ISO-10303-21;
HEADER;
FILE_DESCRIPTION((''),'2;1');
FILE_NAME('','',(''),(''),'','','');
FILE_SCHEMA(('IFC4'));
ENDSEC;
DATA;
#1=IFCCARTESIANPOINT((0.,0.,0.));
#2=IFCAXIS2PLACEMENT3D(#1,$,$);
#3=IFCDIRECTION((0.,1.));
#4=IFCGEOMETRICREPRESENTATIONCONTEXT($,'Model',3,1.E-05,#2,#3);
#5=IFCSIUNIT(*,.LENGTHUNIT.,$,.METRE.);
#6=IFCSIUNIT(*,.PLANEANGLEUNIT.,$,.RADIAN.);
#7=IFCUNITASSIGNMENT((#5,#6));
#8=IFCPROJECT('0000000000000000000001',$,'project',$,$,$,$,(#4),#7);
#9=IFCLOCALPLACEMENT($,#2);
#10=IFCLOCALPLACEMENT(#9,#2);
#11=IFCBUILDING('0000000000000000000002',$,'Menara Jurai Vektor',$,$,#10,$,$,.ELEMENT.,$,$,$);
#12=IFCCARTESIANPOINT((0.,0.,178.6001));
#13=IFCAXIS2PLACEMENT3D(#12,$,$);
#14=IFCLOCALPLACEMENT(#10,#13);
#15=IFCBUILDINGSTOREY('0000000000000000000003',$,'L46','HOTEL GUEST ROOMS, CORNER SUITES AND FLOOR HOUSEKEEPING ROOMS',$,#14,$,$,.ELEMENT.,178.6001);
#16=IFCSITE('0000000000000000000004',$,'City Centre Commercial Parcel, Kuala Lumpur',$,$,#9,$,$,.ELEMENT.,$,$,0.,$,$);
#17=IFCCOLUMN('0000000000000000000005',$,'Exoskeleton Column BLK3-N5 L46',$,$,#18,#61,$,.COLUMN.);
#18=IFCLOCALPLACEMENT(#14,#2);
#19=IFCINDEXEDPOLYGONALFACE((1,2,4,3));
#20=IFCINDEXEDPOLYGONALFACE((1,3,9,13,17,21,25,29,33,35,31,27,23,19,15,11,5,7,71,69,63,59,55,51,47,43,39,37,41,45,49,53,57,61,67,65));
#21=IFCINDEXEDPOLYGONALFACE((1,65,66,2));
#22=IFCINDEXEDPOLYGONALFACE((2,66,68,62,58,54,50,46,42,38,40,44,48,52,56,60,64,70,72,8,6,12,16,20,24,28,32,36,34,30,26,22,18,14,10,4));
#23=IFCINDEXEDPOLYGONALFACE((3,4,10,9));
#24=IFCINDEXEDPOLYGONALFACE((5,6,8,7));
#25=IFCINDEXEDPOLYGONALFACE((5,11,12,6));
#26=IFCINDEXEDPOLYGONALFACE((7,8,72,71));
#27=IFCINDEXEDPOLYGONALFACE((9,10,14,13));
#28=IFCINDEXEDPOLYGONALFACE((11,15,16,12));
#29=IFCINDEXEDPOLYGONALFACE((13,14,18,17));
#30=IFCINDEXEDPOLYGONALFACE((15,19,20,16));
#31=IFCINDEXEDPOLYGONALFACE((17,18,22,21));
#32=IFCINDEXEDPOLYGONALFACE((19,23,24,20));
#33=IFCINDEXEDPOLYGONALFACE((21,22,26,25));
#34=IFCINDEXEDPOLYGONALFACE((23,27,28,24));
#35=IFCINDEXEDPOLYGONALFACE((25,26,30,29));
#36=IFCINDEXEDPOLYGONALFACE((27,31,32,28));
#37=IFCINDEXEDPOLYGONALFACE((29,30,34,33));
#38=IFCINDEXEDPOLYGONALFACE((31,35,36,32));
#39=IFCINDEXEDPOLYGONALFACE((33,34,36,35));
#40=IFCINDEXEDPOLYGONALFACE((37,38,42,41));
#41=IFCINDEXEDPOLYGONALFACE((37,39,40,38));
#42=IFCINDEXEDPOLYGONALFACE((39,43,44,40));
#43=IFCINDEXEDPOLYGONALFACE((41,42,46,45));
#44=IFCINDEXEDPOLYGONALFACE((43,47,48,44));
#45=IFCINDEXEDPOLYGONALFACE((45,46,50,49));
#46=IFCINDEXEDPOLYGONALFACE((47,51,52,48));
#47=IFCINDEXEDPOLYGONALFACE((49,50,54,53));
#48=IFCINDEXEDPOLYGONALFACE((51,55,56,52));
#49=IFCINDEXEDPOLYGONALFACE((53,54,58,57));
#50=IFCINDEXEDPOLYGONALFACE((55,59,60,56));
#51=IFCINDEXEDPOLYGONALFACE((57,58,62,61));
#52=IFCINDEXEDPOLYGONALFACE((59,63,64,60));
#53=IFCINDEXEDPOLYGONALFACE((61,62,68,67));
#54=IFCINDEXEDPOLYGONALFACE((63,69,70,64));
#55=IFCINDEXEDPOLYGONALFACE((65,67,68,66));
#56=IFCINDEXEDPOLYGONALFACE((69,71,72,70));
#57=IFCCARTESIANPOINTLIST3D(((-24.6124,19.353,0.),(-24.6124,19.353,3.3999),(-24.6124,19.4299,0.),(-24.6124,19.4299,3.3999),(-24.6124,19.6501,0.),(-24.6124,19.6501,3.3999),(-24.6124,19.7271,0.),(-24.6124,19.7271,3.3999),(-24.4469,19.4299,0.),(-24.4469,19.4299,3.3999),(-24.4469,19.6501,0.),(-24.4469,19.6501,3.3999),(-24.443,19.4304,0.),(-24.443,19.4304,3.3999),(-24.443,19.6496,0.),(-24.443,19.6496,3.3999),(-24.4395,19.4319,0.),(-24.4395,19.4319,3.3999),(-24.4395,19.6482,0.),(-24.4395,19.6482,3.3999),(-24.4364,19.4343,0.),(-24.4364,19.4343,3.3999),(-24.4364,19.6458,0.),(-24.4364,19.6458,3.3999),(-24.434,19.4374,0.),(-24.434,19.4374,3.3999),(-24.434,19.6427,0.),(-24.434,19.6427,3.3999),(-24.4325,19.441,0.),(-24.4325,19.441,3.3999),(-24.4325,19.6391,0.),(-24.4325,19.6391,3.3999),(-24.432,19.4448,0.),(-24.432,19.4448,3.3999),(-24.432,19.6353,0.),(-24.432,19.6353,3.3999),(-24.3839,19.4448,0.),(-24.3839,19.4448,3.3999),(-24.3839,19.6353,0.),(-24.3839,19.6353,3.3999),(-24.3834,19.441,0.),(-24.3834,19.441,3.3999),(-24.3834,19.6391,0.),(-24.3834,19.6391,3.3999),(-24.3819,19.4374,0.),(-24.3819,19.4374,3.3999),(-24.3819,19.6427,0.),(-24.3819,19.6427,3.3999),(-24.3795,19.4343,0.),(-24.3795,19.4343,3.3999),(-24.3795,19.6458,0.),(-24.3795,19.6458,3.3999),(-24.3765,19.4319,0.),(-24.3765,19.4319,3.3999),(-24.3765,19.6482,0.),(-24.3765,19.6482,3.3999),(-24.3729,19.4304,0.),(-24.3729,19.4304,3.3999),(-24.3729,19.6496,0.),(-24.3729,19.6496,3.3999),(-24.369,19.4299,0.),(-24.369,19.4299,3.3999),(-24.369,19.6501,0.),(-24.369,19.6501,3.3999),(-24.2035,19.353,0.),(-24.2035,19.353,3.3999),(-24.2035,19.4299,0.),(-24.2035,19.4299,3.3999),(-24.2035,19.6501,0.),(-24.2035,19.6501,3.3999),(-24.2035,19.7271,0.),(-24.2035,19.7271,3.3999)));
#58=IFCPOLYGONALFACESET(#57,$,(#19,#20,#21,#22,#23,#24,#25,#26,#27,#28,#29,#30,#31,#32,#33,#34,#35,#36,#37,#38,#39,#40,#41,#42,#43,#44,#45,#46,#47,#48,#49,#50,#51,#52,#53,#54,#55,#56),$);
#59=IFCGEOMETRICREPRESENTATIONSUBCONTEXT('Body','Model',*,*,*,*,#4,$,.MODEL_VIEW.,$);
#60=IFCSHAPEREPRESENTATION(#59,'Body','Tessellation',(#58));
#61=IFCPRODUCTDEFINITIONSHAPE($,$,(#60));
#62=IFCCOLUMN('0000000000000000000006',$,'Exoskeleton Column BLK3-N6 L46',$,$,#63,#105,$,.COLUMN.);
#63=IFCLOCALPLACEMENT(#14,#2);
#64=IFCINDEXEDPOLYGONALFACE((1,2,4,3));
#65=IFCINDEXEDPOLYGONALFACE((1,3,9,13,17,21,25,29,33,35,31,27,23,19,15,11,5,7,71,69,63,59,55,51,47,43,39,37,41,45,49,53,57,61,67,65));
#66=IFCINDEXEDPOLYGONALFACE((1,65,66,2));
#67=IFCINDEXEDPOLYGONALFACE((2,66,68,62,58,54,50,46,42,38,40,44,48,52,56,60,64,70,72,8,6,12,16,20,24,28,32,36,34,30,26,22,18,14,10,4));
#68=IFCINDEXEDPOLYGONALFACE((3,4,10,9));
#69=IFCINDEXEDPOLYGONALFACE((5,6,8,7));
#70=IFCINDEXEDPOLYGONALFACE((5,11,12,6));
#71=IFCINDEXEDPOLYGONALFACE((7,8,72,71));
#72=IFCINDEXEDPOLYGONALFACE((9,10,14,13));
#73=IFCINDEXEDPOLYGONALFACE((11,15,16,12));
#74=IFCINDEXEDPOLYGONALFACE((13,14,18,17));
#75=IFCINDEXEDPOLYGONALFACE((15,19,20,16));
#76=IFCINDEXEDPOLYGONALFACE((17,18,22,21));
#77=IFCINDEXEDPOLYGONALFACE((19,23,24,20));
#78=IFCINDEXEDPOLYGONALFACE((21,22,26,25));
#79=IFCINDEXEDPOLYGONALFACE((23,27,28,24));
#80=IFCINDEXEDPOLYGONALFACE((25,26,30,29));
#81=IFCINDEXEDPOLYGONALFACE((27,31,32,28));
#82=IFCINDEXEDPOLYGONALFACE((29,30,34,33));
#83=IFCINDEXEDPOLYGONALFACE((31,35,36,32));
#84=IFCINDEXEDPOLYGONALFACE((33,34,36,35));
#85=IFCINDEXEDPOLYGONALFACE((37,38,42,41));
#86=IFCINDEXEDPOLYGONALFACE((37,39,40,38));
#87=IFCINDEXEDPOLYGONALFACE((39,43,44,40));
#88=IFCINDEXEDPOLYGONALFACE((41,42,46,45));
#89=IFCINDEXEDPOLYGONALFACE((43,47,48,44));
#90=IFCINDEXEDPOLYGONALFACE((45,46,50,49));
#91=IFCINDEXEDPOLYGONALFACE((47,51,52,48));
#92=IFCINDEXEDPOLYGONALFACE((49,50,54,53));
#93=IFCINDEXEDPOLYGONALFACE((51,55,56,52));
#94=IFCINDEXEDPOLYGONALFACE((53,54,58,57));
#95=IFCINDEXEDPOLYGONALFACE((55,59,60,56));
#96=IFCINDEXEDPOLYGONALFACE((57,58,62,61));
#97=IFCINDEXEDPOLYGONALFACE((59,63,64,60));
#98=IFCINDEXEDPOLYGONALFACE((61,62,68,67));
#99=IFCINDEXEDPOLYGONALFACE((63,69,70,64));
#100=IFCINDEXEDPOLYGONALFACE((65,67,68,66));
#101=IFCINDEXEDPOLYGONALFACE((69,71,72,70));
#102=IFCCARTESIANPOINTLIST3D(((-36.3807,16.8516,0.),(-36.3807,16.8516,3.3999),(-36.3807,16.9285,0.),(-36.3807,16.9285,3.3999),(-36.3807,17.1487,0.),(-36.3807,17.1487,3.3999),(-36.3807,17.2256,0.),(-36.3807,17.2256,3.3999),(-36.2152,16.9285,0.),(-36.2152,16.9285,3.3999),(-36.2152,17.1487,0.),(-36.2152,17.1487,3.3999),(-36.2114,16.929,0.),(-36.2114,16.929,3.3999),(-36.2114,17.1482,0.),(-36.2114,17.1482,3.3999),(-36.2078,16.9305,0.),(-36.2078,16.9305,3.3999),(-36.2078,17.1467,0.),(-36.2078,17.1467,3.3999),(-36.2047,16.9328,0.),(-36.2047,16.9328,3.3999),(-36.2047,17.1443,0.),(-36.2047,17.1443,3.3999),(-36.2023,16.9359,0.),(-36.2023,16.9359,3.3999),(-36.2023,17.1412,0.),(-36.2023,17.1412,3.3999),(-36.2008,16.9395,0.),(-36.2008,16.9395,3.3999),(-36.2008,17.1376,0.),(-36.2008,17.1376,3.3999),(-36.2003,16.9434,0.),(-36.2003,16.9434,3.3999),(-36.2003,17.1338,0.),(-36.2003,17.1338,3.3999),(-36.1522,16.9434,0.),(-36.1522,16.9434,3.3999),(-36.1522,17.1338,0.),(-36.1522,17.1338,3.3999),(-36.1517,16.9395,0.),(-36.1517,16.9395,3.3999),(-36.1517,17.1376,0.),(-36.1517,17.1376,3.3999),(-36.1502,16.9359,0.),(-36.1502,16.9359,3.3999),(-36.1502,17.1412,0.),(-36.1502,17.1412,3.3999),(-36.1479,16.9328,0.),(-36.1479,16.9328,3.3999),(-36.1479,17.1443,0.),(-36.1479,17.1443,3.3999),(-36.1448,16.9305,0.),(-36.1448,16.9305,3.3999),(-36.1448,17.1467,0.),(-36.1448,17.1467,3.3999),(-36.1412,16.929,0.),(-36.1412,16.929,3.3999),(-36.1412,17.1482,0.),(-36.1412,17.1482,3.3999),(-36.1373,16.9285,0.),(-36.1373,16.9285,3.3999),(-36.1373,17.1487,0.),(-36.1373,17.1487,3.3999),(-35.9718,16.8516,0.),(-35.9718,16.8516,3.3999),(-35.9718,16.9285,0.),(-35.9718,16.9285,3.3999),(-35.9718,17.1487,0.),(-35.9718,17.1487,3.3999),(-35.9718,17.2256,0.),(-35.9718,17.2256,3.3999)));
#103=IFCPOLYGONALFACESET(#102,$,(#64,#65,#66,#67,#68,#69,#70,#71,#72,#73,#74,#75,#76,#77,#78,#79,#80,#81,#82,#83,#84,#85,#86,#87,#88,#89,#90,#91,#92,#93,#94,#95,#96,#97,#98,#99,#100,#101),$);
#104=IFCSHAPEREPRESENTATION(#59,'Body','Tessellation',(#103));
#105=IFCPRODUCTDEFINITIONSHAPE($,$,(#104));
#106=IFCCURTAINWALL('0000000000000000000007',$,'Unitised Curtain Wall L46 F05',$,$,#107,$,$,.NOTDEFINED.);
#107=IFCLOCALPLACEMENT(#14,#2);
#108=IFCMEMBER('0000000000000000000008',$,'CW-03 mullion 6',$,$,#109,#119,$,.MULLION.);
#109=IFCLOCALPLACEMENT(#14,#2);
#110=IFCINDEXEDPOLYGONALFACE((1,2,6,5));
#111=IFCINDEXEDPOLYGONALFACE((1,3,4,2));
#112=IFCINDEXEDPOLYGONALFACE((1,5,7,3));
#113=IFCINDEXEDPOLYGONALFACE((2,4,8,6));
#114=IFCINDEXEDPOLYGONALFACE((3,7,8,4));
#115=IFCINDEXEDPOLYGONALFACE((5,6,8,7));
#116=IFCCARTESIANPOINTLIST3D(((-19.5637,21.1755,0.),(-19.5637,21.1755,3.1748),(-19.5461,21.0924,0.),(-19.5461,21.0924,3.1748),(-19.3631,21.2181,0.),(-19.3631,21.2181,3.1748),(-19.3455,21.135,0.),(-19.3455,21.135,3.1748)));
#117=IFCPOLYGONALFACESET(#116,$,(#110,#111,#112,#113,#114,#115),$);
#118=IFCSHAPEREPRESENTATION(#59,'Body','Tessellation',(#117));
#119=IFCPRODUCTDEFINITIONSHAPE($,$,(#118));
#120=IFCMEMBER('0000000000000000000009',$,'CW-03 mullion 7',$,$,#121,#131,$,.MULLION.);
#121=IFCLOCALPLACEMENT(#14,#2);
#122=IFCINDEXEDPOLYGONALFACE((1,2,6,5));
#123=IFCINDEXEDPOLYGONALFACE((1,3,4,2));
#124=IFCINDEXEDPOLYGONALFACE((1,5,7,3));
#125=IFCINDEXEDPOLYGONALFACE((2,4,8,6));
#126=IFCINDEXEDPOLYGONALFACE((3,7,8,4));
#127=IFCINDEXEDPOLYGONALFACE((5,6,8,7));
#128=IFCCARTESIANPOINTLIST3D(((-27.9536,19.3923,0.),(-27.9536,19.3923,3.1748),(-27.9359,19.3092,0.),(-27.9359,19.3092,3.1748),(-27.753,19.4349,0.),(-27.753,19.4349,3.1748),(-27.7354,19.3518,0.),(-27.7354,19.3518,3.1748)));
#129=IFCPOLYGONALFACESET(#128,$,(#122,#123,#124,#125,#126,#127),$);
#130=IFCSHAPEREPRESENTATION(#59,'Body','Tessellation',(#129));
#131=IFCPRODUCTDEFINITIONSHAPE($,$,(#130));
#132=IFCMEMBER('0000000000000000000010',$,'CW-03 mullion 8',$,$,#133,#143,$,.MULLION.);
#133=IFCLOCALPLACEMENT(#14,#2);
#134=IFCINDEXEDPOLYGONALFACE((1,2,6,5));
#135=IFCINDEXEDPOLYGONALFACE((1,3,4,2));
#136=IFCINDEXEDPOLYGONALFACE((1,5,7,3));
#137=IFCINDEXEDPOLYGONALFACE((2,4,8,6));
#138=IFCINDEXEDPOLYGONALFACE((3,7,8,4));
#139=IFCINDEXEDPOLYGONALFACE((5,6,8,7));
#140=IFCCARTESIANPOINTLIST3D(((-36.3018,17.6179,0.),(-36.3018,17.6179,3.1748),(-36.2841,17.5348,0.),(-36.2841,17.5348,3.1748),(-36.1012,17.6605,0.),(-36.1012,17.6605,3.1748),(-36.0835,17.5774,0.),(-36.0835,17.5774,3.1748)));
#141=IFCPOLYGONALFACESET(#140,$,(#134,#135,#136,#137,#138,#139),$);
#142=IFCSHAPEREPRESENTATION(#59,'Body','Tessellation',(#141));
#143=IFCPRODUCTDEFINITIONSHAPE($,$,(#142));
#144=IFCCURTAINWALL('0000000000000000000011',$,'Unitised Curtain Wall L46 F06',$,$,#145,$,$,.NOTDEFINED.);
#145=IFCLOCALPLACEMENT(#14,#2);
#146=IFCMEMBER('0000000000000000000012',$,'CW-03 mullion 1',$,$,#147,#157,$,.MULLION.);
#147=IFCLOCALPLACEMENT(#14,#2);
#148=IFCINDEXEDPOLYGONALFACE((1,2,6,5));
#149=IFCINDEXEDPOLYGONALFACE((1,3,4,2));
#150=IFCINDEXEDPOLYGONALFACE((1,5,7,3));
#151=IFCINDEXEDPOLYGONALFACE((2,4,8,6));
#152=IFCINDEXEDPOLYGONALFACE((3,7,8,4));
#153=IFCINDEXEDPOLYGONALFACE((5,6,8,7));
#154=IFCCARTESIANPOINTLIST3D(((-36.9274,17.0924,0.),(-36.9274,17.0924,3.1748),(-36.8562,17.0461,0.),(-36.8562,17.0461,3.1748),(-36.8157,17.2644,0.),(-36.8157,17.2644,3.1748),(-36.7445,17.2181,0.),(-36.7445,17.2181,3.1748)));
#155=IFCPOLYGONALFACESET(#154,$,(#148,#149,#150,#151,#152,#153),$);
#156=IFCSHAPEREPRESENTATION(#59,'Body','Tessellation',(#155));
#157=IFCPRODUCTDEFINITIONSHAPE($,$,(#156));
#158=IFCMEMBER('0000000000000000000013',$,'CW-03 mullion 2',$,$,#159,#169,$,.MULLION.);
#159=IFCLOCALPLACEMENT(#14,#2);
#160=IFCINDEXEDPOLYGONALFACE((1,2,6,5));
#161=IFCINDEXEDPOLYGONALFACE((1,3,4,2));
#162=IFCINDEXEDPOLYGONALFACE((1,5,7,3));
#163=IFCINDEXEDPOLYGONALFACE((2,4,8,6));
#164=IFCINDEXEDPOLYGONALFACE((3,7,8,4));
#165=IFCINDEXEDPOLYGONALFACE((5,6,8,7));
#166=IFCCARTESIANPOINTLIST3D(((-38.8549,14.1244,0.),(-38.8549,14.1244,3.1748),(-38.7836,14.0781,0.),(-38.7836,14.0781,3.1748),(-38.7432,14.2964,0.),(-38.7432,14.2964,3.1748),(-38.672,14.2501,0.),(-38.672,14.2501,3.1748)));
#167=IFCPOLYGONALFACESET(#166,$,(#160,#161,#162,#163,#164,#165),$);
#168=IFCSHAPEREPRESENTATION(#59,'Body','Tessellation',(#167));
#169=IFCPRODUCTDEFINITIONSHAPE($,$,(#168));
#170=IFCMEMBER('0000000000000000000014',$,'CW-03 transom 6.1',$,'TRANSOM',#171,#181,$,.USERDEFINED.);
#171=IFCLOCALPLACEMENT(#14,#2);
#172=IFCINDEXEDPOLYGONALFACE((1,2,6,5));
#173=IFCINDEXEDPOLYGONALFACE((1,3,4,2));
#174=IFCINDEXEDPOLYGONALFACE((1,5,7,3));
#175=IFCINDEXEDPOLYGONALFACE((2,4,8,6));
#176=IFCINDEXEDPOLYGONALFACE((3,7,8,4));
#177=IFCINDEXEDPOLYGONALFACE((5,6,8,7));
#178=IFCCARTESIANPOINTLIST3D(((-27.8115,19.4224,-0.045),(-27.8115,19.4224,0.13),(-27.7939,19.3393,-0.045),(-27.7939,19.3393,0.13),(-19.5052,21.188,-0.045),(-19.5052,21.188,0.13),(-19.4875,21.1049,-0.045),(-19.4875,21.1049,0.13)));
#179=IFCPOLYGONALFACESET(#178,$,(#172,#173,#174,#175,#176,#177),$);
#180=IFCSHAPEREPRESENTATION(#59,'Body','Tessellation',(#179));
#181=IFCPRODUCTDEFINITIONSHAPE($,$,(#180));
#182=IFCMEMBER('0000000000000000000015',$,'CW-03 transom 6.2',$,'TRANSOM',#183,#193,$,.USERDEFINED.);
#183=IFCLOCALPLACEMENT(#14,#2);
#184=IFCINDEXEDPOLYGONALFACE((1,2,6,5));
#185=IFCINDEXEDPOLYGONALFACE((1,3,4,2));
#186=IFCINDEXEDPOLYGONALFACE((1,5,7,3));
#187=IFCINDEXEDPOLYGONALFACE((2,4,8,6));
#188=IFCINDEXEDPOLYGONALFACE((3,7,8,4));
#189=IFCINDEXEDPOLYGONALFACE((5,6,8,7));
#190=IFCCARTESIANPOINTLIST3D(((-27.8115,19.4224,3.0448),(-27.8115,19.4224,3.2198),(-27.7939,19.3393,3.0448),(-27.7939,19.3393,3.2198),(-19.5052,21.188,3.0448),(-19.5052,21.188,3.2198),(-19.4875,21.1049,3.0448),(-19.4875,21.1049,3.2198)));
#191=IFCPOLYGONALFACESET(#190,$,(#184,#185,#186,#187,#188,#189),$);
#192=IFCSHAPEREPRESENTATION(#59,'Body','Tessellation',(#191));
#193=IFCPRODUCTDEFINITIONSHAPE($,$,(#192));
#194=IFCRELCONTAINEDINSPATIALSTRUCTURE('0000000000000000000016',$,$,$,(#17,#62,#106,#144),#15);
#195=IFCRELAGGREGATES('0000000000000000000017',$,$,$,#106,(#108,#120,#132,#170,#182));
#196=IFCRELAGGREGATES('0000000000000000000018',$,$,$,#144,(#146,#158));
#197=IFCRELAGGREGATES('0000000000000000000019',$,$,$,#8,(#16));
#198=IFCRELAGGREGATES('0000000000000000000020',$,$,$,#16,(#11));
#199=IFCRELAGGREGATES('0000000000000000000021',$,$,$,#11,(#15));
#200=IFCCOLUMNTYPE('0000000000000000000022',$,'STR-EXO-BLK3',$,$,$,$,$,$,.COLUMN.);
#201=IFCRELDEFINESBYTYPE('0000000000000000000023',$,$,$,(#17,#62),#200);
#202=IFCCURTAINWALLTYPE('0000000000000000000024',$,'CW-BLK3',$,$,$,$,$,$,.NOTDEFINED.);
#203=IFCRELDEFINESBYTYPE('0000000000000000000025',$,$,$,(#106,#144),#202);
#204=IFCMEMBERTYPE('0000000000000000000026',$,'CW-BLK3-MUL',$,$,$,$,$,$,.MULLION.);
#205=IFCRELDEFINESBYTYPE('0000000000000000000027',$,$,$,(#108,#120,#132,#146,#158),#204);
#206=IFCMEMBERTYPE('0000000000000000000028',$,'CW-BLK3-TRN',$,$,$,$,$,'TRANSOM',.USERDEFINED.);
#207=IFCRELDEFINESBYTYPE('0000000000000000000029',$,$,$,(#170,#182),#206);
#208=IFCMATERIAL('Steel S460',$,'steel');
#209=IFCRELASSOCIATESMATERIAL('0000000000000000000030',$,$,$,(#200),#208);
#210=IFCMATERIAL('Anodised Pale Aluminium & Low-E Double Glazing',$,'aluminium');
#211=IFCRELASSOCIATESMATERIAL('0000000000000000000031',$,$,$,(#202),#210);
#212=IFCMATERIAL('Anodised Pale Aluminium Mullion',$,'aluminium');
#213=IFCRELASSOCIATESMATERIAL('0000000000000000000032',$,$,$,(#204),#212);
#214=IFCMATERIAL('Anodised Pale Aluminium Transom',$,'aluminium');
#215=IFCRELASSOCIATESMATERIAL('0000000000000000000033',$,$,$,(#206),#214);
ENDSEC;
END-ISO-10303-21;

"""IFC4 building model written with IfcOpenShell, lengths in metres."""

from ifc_helpers import new_model, si_unit, direction, frame, origin, origin_2d, place, context, subcontext, project, spatial, rectangle, i_section, extrude, material, material_profile, profile_set, type_object, element, aggregate, save


model = new_model("IFC4")

# Units and contexts
model_context = context("Model", 3, precision=1e-05, world=origin(), true_north=direction((0.0, 1.0)))
body_context = subcontext(model_context, "Body", "Model", "MODEL_VIEW")
ifc_project = project(units=[si_unit("LENGTHUNIT", "METRE"), si_unit("PLANEANGLEUNIT", "RADIAN")], contexts=[model_context])

# Site, building, storey
site_placement = place(None, origin())
site = spatial("IfcSite", under=ifc_project, at=site_placement, Name="City Centre Commercial Parcel, Kuala Lumpur", CompositionType="ELEMENT", RefElevation=0.0)
building_placement = place(site_placement, origin())
building = spatial("IfcBuilding", under=site, at=building_placement, Name="Menara Jurai Vektor", CompositionType="ELEMENT")
storey_placement = place(building_placement, frame((0.0, 0.0, 178.6001)))
storey = spatial("IfcBuildingStorey", under=building, at=storey_placement, Name="L46", Description="HOTEL GUEST ROOMS, CORNER SUITES AND FLOOR HOUSEKEEPING ROOMS", CompositionType="ELEMENT", Elevation=178.6001)

# Columns
ifc_material_1 = material(Name="Steel S460", Category="steel")
ifc_material_profile_1 = material_profile(ifc_material_1, i_section(OverallWidth=0.4089, OverallDepth=0.374, WebThickness=0.0481, FlangeThickness=0.0769, FilletRadius=0.0149, at=origin_2d()), Name="HD 400x634")
ifc_profile_set_1 = profile_set([ifc_material_profile_1], Name="Steel S460")
column_type = type_object("IfcColumnType", Name="STR-EXO-BLK3", PredefinedType="COLUMN", material=ifc_profile_set_1)
for number, where, z_axis, x_axis, name in (
    (1, (-24.408, 19.54, 0.0), (0.0, 0.0, 1.0), (1.0, 0.0, 0.0), "Exoskeleton Column BLK3-N5 L46"),
    (2, (-36.1763, 17.0386, 0.0), (0.0, 0.0, 1.0), (1.0, 0.0, 0.0), "Exoskeleton Column BLK3-N6 L46"),
):
    element("IfcColumn", number, at=place(storey_placement, frame(where, z_axis=z_axis, x_axis=x_axis)), inside=storey, type_object=column_type, Name=name, PredefinedType="COLUMN", context=body_context, shape_type="SweptSolid", body=[
        extrude(i_section(OverallWidth=0.4089, OverallDepth=0.374, WebThickness=0.0481, FlangeThickness=0.0769, FilletRadius=0.0149, at=origin_2d()), origin(), (0.0, 0.0, 1.0), 3.3999),
    ])

# Curtain walls, members
ifc_material_2 = material(Name="Anodised Pale Aluminium & Low-E Double Glazing", Category="aluminium")
curtain_wall_type = type_object("IfcCurtainWallType", Name="CW-BLK3", PredefinedType="NOTDEFINED", material=ifc_material_2)
curtain_wall_1_placement = place(storey_placement, origin())
curtain_wall_1 = element("IfcCurtainWall", 3, at=curtain_wall_1_placement, inside=storey, type_object=curtain_wall_type, Name="Unitised Curtain Wall L46 F05", PredefinedType="NOTDEFINED")
ifc_material_3 = material(Name="Anodised Pale Aluminium Mullion", Category="aluminium")
ifc_material_profile_2 = material_profile(ifc_material_3, rectangle(XDim=0.085, YDim=0.2051, at=origin_2d()), Name="ALU MUL 85x205")
ifc_profile_set_2 = profile_set([ifc_material_profile_2], Name="Anodised Pale Aluminium Mullion")
member_type_1 = type_object("IfcMemberType", Name="CW-BLK3-MUL", PredefinedType="MULLION", material=ifc_profile_set_2)
member_1_placement = place(storey_placement, frame((-19.4546, 21.1553, 0.0), z_axis=(0.0, 0.0, 1.0), x_axis=(0.207911, -0.978148, 0.0)))
member_1 = element("IfcMember", 4, at=member_1_placement, type_object=member_type_1, Name="CW-03 mullion 6", PredefinedType="MULLION", context=body_context, shape_type="SweptSolid", body=[
    extrude(rectangle(XDim=0.085, YDim=0.2051, at=origin_2d()), origin(), (0.0, 0.0, 1.0), 3.1748),
])
member_2_placement = place(storey_placement, frame((-27.8445, 19.3721, 0.0), z_axis=(0.0, 0.0, 1.0), x_axis=(0.207911, -0.978148, 0.0)))
member_2 = element("IfcMember", 5, at=member_2_placement, type_object=member_type_1, Name="CW-03 mullion 7", PredefinedType="MULLION", context=body_context, shape_type="SweptSolid", body=[
    extrude(rectangle(XDim=0.085, YDim=0.2051, at=origin_2d()), origin(), (0.0, 0.0, 1.0), 3.1748),
])
member_3_placement = place(storey_placement, frame((-36.1926, 17.5977, 0.0), z_axis=(0.0, 0.0, 1.0), x_axis=(0.207911, -0.978148, 0.0)))
member_3 = element("IfcMember", 6, at=member_3_placement, type_object=member_type_1, Name="CW-03 mullion 8", PredefinedType="MULLION", context=body_context, shape_type="SweptSolid", body=[
    extrude(rectangle(XDim=0.085, YDim=0.2051, at=origin_2d()), origin(), (0.0, 0.0, 1.0), 3.1748),
])
curtain_wall_2_placement = place(storey_placement, origin())
curtain_wall_2 = element("IfcCurtainWall", 7, at=curtain_wall_2_placement, inside=storey, type_object=curtain_wall_type, Name="Unitised Curtain Wall L46 F06", PredefinedType="NOTDEFINED")
member_4_placement = place(storey_placement, frame((-36.8359, 17.1553, 0.0), z_axis=(0.0, 0.0, 1.0), x_axis=(0.838684, -0.544618, 0.0)))
member_4 = element("IfcMember", 8, at=member_4_placement, type_object=member_type_1, Name="CW-03 mullion 1", PredefinedType="MULLION", context=body_context, shape_type="SweptSolid", body=[
    extrude(rectangle(XDim=0.085, YDim=0.2051, at=origin_2d()), origin(), (0.0, 0.0, 1.0), 3.1748),
])
member_5_placement = place(storey_placement, frame((-38.7634, 14.1873, 0.0), z_axis=(0.0, 0.0, 1.0), x_axis=(0.838684, -0.544618, 0.0)))
member_5 = element("IfcMember", 9, at=member_5_placement, type_object=member_type_1, Name="CW-03 mullion 2", PredefinedType="MULLION", context=body_context, shape_type="SweptSolid", body=[
    extrude(rectangle(XDim=0.085, YDim=0.2051, at=origin_2d()), origin(), (0.0, 0.0, 1.0), 3.1748),
])

# Members
ifc_material_4 = material(Name="Anodised Pale Aluminium Transom", Category="aluminium")
ifc_material_profile_3 = material_profile(ifc_material_4, rectangle(XDim=0.085, YDim=0.175, at=origin_2d()), Name="ALU TRN 85x175")
ifc_profile_set_3 = profile_set([ifc_material_profile_3], Name="Anodised Pale Aluminium Transom")
member_type_2 = type_object("IfcMemberType", Name="CW-BLK3-TRN", ElementType="TRANSOM", PredefinedType="USERDEFINED", material=ifc_profile_set_3)
member_6_placement = place(storey_placement, frame((-19.4963, 21.1465, 0.0425), z_axis=(-0.978147, -0.207917, 0.0), x_axis=(0.207917, -0.978147, 0.0)))
member_6 = element("IfcMember", 10, at=member_6_placement, type_object=member_type_2, Name="CW-03 transom 6.1", ObjectType="TRANSOM", PredefinedType="USERDEFINED", context=body_context, shape_type="SweptSolid", body=[
    extrude(rectangle(XDim=0.085, YDim=0.175, at=origin_2d()), origin(), (0.0, 0.0, 1.0), 8.4919),
])
member_7_placement = place(storey_placement, frame((-19.4963, 21.1465, 3.1323), z_axis=(-0.978147, -0.207917, 0.0), x_axis=(0.207917, -0.978147, 0.0)))
member_7 = element("IfcMember", 11, at=member_7_placement, type_object=member_type_2, Name="CW-03 transom 6.2", ObjectType="TRANSOM", PredefinedType="USERDEFINED", context=body_context, shape_type="SweptSolid", body=[
    extrude(rectangle(XDim=0.085, YDim=0.175, at=origin_2d()), origin(), (0.0, 0.0, 1.0), 8.4919),
])

aggregate(curtain_wall_1, [member_1, member_2, member_3, member_6, member_7])
aggregate(curtain_wall_2, [member_4, member_5])

save(model, "model.ifc")
